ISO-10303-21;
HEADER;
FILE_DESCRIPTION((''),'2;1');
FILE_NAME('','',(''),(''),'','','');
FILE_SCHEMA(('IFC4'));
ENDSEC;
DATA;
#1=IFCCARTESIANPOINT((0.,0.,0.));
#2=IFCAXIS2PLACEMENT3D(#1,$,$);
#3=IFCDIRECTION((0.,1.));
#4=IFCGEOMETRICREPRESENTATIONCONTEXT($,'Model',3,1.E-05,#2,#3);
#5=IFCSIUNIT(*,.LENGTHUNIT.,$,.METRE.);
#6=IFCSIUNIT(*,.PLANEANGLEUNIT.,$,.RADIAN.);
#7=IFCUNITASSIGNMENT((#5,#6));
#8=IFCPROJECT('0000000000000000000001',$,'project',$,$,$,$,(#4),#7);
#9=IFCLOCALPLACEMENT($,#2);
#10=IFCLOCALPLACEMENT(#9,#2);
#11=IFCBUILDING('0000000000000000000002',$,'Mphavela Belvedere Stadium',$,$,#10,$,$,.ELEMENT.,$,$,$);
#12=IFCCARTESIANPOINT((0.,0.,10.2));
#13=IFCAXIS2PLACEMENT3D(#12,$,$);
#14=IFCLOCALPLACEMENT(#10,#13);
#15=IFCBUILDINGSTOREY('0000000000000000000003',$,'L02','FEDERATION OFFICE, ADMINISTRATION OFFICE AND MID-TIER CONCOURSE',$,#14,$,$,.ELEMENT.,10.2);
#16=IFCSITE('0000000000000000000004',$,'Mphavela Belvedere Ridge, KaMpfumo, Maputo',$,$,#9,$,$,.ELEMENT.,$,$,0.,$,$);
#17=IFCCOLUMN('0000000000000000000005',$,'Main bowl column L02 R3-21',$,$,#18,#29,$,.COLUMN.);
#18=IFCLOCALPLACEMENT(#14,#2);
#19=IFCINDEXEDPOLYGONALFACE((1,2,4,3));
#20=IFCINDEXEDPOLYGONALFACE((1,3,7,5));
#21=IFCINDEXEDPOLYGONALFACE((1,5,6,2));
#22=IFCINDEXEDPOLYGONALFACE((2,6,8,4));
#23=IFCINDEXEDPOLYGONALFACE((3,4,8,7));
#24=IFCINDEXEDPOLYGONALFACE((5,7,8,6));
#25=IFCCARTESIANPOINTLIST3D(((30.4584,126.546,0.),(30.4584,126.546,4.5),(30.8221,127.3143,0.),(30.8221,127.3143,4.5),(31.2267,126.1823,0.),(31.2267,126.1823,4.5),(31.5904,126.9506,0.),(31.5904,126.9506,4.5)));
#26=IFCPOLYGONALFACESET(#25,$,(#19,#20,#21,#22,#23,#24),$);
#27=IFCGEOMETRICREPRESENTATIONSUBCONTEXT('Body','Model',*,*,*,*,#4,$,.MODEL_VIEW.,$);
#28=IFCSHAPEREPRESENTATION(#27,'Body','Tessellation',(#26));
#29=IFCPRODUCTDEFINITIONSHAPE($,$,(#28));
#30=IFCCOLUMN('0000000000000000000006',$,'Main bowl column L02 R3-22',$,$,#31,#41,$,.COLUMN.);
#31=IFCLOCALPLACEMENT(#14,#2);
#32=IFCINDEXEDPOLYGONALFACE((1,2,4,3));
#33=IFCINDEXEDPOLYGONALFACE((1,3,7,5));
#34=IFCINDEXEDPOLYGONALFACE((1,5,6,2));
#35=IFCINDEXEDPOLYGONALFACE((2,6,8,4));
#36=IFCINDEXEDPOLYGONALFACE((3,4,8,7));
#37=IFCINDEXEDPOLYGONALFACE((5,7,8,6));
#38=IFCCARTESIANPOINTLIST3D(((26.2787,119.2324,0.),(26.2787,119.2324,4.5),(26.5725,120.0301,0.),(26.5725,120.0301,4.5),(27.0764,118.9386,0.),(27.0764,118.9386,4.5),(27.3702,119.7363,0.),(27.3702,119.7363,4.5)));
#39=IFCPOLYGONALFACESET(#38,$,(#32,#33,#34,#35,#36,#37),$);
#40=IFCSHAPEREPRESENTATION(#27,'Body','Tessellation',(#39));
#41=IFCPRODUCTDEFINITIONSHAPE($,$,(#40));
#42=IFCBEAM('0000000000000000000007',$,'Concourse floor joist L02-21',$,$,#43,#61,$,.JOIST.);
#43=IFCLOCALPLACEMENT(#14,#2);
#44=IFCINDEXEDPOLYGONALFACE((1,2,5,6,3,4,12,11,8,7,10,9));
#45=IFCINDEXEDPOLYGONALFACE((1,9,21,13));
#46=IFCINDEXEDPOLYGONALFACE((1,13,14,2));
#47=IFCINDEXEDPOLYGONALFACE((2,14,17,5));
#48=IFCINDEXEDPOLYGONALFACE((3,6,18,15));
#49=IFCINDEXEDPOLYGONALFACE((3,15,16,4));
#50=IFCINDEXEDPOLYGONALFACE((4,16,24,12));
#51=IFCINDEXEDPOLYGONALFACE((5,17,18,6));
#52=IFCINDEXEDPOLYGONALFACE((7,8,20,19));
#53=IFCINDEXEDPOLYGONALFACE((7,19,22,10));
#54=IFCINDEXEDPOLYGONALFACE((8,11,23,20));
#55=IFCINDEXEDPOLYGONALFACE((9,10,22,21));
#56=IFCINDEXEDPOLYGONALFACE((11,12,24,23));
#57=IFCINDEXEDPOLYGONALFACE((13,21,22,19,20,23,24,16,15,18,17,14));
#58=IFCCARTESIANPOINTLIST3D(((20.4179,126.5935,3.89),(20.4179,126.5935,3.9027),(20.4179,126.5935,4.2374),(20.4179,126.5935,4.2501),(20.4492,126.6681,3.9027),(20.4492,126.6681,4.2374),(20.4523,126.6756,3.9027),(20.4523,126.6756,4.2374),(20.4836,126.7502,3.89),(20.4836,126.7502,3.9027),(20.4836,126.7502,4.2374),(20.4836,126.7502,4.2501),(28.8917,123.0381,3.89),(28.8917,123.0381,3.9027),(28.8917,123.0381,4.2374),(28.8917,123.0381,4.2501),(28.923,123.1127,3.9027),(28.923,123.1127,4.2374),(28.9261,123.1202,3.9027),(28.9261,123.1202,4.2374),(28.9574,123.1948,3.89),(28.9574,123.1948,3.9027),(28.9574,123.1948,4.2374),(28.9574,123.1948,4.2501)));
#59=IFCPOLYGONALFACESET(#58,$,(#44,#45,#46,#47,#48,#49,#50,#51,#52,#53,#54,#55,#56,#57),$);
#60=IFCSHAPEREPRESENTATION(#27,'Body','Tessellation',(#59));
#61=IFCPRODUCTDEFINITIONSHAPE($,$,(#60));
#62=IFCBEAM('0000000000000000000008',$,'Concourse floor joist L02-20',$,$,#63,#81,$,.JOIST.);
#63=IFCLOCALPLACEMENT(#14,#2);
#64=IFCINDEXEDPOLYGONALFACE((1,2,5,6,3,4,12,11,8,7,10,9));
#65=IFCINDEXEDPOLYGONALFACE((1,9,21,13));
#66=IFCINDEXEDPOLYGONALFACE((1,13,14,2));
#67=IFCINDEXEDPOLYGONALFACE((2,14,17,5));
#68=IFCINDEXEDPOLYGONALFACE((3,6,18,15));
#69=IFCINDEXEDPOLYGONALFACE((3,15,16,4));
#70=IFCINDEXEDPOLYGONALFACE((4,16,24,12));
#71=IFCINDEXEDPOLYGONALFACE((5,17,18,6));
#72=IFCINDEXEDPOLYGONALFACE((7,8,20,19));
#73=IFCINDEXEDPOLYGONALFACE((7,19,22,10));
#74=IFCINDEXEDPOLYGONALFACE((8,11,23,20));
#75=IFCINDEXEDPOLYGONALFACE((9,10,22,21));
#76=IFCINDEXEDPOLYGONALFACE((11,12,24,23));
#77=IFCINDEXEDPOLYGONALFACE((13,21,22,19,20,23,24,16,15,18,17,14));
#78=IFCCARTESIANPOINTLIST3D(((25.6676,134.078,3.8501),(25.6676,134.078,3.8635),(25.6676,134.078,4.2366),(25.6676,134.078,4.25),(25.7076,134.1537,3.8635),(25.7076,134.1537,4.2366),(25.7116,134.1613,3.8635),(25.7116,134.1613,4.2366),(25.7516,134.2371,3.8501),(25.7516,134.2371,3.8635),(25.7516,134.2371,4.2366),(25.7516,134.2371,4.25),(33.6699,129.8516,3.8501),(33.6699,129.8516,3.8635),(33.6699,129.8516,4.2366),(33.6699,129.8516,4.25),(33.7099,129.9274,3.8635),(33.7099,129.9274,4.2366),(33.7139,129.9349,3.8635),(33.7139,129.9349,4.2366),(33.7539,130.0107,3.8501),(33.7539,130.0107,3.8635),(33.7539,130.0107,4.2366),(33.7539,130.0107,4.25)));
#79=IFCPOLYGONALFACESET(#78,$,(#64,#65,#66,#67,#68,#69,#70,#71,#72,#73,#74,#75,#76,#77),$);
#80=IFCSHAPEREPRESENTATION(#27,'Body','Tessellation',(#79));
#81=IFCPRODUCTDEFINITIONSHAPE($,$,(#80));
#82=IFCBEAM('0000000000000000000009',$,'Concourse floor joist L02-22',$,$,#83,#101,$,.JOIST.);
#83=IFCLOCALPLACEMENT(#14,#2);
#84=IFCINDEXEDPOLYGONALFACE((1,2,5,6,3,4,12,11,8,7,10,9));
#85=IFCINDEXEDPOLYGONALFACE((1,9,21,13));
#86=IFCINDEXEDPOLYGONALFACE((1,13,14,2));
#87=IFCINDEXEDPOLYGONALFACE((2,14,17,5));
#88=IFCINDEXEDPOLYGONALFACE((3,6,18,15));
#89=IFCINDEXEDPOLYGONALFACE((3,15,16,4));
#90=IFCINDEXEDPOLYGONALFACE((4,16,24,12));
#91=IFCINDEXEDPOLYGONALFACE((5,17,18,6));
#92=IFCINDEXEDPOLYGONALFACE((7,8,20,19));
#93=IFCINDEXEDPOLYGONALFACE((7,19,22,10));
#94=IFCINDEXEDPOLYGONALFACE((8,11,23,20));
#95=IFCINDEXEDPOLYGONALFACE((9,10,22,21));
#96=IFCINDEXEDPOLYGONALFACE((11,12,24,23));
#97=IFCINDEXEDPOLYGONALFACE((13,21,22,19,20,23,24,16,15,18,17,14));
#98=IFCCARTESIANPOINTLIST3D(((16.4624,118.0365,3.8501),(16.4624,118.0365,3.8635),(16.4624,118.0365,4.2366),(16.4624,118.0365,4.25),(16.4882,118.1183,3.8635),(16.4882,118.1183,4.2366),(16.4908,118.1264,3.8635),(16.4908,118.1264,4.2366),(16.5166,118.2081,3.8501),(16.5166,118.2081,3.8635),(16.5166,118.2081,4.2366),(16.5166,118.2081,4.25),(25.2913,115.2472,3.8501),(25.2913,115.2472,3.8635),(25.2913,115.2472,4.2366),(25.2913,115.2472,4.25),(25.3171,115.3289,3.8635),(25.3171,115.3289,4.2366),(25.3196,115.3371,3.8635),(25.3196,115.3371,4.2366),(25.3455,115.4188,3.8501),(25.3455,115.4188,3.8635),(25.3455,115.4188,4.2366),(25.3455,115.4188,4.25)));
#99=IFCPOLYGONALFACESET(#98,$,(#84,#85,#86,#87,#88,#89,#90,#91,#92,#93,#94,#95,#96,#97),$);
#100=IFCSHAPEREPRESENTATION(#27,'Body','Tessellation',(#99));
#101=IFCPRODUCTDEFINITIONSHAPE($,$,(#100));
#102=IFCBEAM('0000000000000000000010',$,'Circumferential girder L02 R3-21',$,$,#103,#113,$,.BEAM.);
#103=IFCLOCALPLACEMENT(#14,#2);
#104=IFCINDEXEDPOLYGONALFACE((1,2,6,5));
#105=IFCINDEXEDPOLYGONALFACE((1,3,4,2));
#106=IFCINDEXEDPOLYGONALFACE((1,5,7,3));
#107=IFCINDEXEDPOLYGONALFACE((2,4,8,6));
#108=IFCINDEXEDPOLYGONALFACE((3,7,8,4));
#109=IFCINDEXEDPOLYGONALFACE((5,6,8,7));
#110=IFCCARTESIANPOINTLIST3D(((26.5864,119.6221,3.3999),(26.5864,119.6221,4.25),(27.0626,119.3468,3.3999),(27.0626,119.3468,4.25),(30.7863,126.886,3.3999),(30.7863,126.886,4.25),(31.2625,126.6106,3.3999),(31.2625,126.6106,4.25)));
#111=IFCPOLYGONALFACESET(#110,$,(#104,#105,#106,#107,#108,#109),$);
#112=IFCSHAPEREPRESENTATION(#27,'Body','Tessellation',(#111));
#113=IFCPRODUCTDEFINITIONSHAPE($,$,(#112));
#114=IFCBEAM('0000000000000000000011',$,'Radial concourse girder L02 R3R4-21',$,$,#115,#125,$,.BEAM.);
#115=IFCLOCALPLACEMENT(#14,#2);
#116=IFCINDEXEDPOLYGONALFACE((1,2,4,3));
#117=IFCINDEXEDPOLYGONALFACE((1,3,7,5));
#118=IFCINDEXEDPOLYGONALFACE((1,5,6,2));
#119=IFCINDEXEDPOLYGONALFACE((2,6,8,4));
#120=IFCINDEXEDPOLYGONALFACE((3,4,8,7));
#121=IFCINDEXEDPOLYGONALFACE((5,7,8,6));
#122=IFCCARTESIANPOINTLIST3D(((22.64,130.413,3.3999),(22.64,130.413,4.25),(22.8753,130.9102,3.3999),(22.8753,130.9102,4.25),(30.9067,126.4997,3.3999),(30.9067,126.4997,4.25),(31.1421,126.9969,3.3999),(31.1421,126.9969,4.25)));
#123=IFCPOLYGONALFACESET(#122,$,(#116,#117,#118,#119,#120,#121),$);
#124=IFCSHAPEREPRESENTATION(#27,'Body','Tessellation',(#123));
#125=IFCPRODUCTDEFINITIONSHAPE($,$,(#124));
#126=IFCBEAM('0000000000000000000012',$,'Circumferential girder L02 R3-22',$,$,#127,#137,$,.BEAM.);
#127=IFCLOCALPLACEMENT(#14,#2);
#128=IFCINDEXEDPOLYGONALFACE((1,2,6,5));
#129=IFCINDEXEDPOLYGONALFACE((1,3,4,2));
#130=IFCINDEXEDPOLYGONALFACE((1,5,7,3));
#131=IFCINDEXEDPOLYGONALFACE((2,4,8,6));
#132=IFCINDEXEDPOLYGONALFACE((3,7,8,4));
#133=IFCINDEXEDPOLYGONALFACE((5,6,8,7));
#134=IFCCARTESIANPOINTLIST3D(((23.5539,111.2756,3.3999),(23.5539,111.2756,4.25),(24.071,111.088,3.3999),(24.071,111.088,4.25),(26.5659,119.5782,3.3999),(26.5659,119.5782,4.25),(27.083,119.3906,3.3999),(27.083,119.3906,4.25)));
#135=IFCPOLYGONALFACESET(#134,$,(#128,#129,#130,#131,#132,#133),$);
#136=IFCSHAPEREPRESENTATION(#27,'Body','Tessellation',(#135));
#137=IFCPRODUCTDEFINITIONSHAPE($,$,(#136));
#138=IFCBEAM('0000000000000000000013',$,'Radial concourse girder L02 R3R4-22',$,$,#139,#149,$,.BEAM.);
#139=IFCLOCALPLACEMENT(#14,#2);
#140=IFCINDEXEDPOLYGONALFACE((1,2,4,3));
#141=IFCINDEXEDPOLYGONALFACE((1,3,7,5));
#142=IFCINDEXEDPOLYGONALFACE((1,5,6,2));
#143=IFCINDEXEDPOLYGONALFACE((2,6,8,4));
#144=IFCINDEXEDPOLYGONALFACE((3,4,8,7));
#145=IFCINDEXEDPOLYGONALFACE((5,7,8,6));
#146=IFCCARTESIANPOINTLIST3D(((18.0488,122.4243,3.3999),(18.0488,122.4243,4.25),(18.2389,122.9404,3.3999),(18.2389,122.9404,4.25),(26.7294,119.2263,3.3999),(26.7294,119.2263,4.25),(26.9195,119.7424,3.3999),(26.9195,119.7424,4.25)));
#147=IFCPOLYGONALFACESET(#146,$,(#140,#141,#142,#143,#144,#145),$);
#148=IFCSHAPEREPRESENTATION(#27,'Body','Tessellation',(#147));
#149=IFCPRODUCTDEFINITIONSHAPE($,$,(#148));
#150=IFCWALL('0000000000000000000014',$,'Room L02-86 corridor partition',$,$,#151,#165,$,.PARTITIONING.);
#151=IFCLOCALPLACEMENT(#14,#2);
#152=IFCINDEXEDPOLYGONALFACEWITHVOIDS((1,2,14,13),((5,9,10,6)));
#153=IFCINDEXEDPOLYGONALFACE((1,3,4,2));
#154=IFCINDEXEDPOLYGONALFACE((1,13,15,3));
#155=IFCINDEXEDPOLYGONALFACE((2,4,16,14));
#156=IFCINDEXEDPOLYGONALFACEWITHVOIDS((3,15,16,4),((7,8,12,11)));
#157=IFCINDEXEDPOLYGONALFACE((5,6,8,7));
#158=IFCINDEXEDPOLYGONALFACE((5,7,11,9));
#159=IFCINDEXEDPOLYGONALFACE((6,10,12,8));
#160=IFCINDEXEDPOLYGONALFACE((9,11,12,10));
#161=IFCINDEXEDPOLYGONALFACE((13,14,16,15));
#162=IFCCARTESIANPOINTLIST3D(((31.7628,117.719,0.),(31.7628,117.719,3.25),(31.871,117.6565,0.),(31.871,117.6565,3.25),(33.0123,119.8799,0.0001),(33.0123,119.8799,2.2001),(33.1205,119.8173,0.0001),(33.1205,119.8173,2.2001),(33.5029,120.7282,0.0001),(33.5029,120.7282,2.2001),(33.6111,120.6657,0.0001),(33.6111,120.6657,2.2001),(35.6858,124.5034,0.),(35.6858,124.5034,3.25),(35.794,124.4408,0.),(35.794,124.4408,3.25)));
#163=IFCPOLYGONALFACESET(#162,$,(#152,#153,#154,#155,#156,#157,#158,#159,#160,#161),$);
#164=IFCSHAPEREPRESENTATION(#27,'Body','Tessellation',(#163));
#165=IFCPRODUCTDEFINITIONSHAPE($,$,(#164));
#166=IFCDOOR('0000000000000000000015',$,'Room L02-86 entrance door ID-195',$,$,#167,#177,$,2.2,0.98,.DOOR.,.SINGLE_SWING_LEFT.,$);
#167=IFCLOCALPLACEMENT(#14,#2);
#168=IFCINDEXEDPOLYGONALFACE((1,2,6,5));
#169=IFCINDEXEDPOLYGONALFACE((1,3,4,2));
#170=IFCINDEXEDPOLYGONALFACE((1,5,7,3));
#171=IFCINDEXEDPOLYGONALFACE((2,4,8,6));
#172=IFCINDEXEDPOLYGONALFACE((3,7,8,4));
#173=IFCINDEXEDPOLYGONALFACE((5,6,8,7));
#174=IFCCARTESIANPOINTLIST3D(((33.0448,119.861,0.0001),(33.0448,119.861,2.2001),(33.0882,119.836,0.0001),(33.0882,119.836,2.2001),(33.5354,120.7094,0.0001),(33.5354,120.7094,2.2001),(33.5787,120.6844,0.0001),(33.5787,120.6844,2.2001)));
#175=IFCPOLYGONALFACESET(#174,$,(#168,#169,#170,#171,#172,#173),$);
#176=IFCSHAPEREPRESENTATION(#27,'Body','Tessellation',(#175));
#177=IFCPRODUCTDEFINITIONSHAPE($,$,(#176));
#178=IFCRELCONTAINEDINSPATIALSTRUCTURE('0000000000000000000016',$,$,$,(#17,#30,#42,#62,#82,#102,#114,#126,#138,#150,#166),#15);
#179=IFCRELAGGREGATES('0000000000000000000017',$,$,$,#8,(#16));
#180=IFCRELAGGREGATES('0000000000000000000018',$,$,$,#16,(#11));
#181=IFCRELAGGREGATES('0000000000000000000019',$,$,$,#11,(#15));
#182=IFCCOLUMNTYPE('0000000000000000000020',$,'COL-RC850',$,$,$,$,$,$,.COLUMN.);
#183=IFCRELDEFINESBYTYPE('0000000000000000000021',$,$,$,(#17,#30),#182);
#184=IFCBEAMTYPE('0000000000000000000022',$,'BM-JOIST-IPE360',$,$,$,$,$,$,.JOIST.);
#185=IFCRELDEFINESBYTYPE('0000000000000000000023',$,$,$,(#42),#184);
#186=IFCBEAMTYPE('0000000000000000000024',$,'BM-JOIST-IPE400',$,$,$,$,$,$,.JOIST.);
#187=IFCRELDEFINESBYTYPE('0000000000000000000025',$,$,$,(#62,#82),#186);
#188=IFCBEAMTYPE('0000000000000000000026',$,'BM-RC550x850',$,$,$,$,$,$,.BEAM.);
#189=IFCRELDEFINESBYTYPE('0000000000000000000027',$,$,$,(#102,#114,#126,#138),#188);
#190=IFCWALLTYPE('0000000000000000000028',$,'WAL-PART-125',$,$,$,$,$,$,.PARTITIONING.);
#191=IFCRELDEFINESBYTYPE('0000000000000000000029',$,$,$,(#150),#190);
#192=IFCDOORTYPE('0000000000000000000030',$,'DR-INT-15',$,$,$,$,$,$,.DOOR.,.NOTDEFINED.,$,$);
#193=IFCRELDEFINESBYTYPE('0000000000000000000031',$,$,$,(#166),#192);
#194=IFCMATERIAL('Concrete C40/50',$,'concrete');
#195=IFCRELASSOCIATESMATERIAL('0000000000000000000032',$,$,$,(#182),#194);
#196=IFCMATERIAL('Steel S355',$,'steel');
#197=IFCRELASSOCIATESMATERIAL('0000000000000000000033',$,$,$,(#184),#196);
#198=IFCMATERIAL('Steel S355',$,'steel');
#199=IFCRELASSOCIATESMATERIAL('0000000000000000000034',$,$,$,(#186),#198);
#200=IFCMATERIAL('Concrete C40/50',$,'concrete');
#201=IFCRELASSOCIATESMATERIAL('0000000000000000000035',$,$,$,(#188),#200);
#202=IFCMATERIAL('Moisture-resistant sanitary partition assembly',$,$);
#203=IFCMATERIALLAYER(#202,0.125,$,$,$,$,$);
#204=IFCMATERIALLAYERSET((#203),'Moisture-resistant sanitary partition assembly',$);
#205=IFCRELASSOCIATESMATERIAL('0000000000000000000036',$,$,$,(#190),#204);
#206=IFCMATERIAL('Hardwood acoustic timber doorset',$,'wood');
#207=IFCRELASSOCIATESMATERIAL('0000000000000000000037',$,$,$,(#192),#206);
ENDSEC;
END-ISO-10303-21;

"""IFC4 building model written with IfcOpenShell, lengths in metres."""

from ifc_helpers import new_model, si_unit, direction, frame, frame_2d, origin, origin_2d, place, context, subcontext, project, spatial, rectangle, i_section, extrude, material, layer, layer_set, material_profile, profile_set, type_object, element, fill, save


model = new_model("IFC4")

# Units and contexts
model_context = context("Model", 3, precision=1e-05, world=origin(), true_north=direction((0.0, 1.0)))
body_context = subcontext(model_context, "Body", "Model", "MODEL_VIEW")
ifc_project = project(units=[si_unit("LENGTHUNIT", "METRE"), si_unit("PLANEANGLEUNIT", "RADIAN")], contexts=[model_context])

# Site, building, storey
site_placement = place(None, origin())
site = spatial("IfcSite", under=ifc_project, at=site_placement, Name="Mphavela Belvedere Ridge, KaMpfumo, Maputo", CompositionType="ELEMENT", RefElevation=0.0)
building_placement = place(site_placement, origin())
building = spatial("IfcBuilding", under=site, at=building_placement, Name="Mphavela Belvedere Stadium", CompositionType="ELEMENT")
storey_placement = place(building_placement, frame((0.0, 0.0, 10.2)))
storey = spatial("IfcBuildingStorey", under=building, at=storey_placement, Name="L02", Description="FEDERATION OFFICE, ADMINISTRATION OFFICE AND MID-TIER CONCOURSE", CompositionType="ELEMENT", Elevation=10.2)

# Columns
ifc_material_1 = material(Name="Concrete C40/50", Category="concrete")
ifc_material_profile_1 = material_profile(ifc_material_1, rectangle(XDim=0.8501, YDim=0.8501, at=origin_2d()), Name="RC 850x850")
ifc_profile_set_1 = profile_set([ifc_material_profile_1], Name="Concrete C40/50")
column_type = type_object("IfcColumnType", Name="COL-RC850", PredefinedType="COLUMN", material=ifc_profile_set_1)
for number, where, z_axis, x_axis, name in (
    (1, (31.0244, 126.7483, 0.0), (0.0, 0.0, 1.0), (-0.903859, 0.427831, 0.0), "Main bowl column L02 R3-21"),
    (2, (26.8245, 119.4844, 0.0), (0.0, 0.0, 1.0), (-0.938372, 0.345626, 0.0), "Main bowl column L02 R3-22"),
):
    element("IfcColumn", number, at=place(storey_placement, frame(where, z_axis=z_axis, x_axis=x_axis)), inside=storey, type_object=column_type, Name=name, PredefinedType="COLUMN", context=body_context, shape_type="SweptSolid", body=[
        extrude(rectangle(XDim=0.8501, YDim=0.8501, at=origin_2d()), origin(), (0.0, 0.0, 1.0), 4.5),
    ])

# Beams
ifc_material_2 = material(Name="Steel S355", Category="steel")
ifc_material_profile_2 = material_profile(ifc_material_2, i_section(OverallWidth=0.1699, OverallDepth=0.3601, WebThickness=0.0081, FlangeThickness=0.0127, at=origin_2d()), Name="IPE 360")
ifc_profile_set_2 = profile_set([ifc_material_profile_2], Name="Steel S355")
beam_type_1 = type_object("IfcBeamType", Name="BM-JOIST-IPE360", PredefinedType="JOIST", material=ifc_profile_set_2)
beam_1_placement = place(storey_placement, frame((28.9246, 123.1165, 4.0701), z_axis=(-0.922122, 0.386899, 0.0), x_axis=(-0.386899, -0.922122, 0.0)))
element("IfcBeam", 3, at=beam_1_placement, inside=storey, type_object=beam_type_1, Name="Concourse floor joist L02-21", PredefinedType="JOIST", context=body_context, shape_type="SweptSolid", body=[
    extrude(i_section(OverallWidth=0.1699, OverallDepth=0.3601, WebThickness=0.0081, FlangeThickness=0.0127, at=origin_2d()), origin(), (0.0, 0.0, 1.0), 9.1895),
])
ifc_material_3 = material(Name="Steel S355", Category="steel")
ifc_material_profile_3 = material_profile(ifc_material_3, i_section(OverallWidth=0.1799, OverallDepth=0.3999, WebThickness=0.0085, FlangeThickness=0.0134, at=origin_2d()), Name="IPE 400")
ifc_profile_set_3 = profile_set([ifc_material_profile_3], Name="Steel S355")
beam_type_2 = type_object("IfcBeamType", Name="BM-JOIST-IPE400", PredefinedType="JOIST", material=ifc_profile_set_3)
beam_2_placement = place(storey_placement, frame((33.7119, 129.9312, 4.05), z_axis=(-0.884251, 0.467012, 0.0), x_axis=(-0.467012, -0.884251, 0.0)))
element("IfcBeam", 4, at=beam_2_placement, inside=storey, type_object=beam_type_2, Name="Concourse floor joist L02-20", PredefinedType="JOIST", context=body_context, shape_type="SweptSolid", body=[
    extrude(i_section(OverallWidth=0.1799, OverallDepth=0.3999, WebThickness=0.0085, FlangeThickness=0.0134, at=origin_2d()), origin(), (0.0, 0.0, 1.0), 9.0498),
])
beam_3_placement = place(storey_placement, frame((25.3184, 115.333, 4.05), z_axis=(-0.953544, 0.301254, 0.0), x_axis=(-0.301254, -0.953544, 0.0)))
element("IfcBeam", 5, at=beam_3_placement, inside=storey, type_object=beam_type_2, Name="Concourse floor joist L02-22", PredefinedType="JOIST", context=body_context, shape_type="SweptSolid", body=[
    extrude(i_section(OverallWidth=0.1799, OverallDepth=0.3999, WebThickness=0.0085, FlangeThickness=0.0134, at=origin_2d()), origin(), (0.0, 0.0, 1.0), 9.259),
])
ifc_material_4 = material(Name="Concrete C40/50", Category="concrete")
ifc_material_profile_4 = material_profile(ifc_material_4, rectangle(XDim=0.55, YDim=0.8501, at=origin_2d()), Name="RC 550x850")
ifc_profile_set_4 = profile_set([ifc_material_profile_4], Name="Concrete C40/50")
beam_type_3 = type_object("IfcBeamType", Name="BM-RC550x850", PredefinedType="BEAM", material=ifc_profile_set_4)
beam_4_placement = place(storey_placement, frame((31.0244, 126.7483, 3.825), z_axis=(-0.500548, -0.865709, 0.0), x_axis=(0.865709, -0.500548, 0.0)))
element("IfcBeam", 6, at=beam_4_placement, inside=storey, type_object=beam_type_3, Name="Circumferential girder L02 R3-21", PredefinedType="BEAM", context=body_context, shape_type="SweptSolid", body=[
    extrude(rectangle(XDim=0.55, YDim=0.8501, at=origin_2d()), origin(), (0.0, 0.0, 1.0), 8.3906),
])
beam_5_placement = place(storey_placement, frame((31.0244, 126.7483, 3.825), z_axis=(-0.903845, 0.427859, 0.0), x_axis=(-0.427859, -0.903845, 0.0)))
element("IfcBeam", 7, at=beam_5_placement, inside=storey, type_object=beam_type_3, Name="Radial concourse girder L02 R3R4-21", PredefinedType="BEAM", context=body_context, shape_type="SweptSolid", body=[
    extrude(rectangle(XDim=0.55, YDim=0.8501, at=origin_2d()), origin(), (0.0, 0.0, 1.0), 9.1462),
])
beam_6_placement = place(storey_placement, frame((26.8245, 119.4844, 3.825), z_axis=(-0.341031, -0.940052, 0.0), x_axis=(0.940052, -0.341031, 0.0)))
element("IfcBeam", 8, at=beam_6_placement, inside=storey, type_object=beam_type_3, Name="Circumferential girder L02 R3-22", PredefinedType="BEAM", context=body_context, shape_type="SweptSolid", body=[
    extrude(rectangle(XDim=0.55, YDim=0.8501, at=origin_2d()), origin(), (0.0, 0.0, 1.0), 8.832),
])
beam_7_placement = place(storey_placement, frame((26.8245, 119.4844, 3.825), z_axis=(-0.938348, 0.345692, 0.0), x_axis=(-0.345692, -0.938348, 0.0)))
element("IfcBeam", 9, at=beam_7_placement, inside=storey, type_object=beam_type_3, Name="Radial concourse girder L02 R3R4-22", PredefinedType="BEAM", context=body_context, shape_type="SweptSolid", body=[
    extrude(rectangle(XDim=0.55, YDim=0.8501, at=origin_2d()), origin(), (0.0, 0.0, 1.0), 9.251),
])

# Wall, opening, door
ifc_material_5 = material(Name="Moisture-resistant sanitary partition assembly")
ifc_layer_1 = layer(ifc_material_5, 0.125)
ifc_layer_set_1 = layer_set([ifc_layer_1], Name="Moisture-resistant sanitary partition assembly")
wall_type_1 = type_object("IfcWallType", Name="WAL-PART-125", PredefinedType="PARTITIONING", material=ifc_layer_set_1)
wall_1_placement = place(storey_placement, frame((31.8169, 117.6877, 0.0), z_axis=(0.0, 0.0, 1.0), x_axis=(0.500584, 0.865688, 0.0)))
wall_1 = element("IfcWall", 10, at=wall_1_placement, inside=storey, type_object=wall_type_1, Name="Room L02-86 corridor partition", PredefinedType="PARTITIONING", context=body_context, shape_type="SweptSolid", body=[
    extrude(rectangle(XDim=7.8369, YDim=0.125, at=frame_2d((3.9185, 0.0))), origin(), (0.0, 0.0, 1.0), 3.25),
])
opening_1_placement = place(wall_1_placement, frame((2.4961, 0.0, 0.0)))
opening_1 = element("IfcOpeningElement", 11, at=opening_1_placement, cuts=wall_1, PredefinedType="OPENING", context=body_context, shape_type="SweptSolid", body=[
    extrude(rectangle(XDim=0.98, YDim=2.2, at=frame_2d((0.49, 1.1001))), frame((0.0, 0.0725, 0.0), z_axis=(0.0, -1.0, 0.0), x_axis=(1.0, 0.0, 0.0)), (0.0, 0.0, 1.0), 0.145),
])
ifc_material_6 = material(Name="Hardwood acoustic timber doorset", Category="wood")
door_type_1 = type_object("IfcDoorType", Name="DR-INT-15", OperationType="NOTDEFINED", PredefinedType="DOOR", material=ifc_material_6)
door_1_placement = place(opening_1_placement, origin())
door_1 = element("IfcDoor", 12, at=door_1_placement, inside=storey, type_object=door_type_1, Name="Room L02-86 entrance door ID-195", OperationType="SINGLE_SWING_LEFT", OverallHeight=2.2, OverallWidth=0.98, PredefinedType="DOOR", context=body_context, shape_type="SweptSolid", body=[
    extrude(rectangle(XDim=0.98, YDim=2.2, at=frame_2d((0.49, 1.1001))), frame((0.0, 0.0249, 0.0), z_axis=(0.0, -1.0, 0.0), x_axis=(1.0, 0.0, 0.0)), (0.0, 0.0, 1.0), 0.05),
])
fill(opening_1, door_1)

save(model, "model.ifc")
